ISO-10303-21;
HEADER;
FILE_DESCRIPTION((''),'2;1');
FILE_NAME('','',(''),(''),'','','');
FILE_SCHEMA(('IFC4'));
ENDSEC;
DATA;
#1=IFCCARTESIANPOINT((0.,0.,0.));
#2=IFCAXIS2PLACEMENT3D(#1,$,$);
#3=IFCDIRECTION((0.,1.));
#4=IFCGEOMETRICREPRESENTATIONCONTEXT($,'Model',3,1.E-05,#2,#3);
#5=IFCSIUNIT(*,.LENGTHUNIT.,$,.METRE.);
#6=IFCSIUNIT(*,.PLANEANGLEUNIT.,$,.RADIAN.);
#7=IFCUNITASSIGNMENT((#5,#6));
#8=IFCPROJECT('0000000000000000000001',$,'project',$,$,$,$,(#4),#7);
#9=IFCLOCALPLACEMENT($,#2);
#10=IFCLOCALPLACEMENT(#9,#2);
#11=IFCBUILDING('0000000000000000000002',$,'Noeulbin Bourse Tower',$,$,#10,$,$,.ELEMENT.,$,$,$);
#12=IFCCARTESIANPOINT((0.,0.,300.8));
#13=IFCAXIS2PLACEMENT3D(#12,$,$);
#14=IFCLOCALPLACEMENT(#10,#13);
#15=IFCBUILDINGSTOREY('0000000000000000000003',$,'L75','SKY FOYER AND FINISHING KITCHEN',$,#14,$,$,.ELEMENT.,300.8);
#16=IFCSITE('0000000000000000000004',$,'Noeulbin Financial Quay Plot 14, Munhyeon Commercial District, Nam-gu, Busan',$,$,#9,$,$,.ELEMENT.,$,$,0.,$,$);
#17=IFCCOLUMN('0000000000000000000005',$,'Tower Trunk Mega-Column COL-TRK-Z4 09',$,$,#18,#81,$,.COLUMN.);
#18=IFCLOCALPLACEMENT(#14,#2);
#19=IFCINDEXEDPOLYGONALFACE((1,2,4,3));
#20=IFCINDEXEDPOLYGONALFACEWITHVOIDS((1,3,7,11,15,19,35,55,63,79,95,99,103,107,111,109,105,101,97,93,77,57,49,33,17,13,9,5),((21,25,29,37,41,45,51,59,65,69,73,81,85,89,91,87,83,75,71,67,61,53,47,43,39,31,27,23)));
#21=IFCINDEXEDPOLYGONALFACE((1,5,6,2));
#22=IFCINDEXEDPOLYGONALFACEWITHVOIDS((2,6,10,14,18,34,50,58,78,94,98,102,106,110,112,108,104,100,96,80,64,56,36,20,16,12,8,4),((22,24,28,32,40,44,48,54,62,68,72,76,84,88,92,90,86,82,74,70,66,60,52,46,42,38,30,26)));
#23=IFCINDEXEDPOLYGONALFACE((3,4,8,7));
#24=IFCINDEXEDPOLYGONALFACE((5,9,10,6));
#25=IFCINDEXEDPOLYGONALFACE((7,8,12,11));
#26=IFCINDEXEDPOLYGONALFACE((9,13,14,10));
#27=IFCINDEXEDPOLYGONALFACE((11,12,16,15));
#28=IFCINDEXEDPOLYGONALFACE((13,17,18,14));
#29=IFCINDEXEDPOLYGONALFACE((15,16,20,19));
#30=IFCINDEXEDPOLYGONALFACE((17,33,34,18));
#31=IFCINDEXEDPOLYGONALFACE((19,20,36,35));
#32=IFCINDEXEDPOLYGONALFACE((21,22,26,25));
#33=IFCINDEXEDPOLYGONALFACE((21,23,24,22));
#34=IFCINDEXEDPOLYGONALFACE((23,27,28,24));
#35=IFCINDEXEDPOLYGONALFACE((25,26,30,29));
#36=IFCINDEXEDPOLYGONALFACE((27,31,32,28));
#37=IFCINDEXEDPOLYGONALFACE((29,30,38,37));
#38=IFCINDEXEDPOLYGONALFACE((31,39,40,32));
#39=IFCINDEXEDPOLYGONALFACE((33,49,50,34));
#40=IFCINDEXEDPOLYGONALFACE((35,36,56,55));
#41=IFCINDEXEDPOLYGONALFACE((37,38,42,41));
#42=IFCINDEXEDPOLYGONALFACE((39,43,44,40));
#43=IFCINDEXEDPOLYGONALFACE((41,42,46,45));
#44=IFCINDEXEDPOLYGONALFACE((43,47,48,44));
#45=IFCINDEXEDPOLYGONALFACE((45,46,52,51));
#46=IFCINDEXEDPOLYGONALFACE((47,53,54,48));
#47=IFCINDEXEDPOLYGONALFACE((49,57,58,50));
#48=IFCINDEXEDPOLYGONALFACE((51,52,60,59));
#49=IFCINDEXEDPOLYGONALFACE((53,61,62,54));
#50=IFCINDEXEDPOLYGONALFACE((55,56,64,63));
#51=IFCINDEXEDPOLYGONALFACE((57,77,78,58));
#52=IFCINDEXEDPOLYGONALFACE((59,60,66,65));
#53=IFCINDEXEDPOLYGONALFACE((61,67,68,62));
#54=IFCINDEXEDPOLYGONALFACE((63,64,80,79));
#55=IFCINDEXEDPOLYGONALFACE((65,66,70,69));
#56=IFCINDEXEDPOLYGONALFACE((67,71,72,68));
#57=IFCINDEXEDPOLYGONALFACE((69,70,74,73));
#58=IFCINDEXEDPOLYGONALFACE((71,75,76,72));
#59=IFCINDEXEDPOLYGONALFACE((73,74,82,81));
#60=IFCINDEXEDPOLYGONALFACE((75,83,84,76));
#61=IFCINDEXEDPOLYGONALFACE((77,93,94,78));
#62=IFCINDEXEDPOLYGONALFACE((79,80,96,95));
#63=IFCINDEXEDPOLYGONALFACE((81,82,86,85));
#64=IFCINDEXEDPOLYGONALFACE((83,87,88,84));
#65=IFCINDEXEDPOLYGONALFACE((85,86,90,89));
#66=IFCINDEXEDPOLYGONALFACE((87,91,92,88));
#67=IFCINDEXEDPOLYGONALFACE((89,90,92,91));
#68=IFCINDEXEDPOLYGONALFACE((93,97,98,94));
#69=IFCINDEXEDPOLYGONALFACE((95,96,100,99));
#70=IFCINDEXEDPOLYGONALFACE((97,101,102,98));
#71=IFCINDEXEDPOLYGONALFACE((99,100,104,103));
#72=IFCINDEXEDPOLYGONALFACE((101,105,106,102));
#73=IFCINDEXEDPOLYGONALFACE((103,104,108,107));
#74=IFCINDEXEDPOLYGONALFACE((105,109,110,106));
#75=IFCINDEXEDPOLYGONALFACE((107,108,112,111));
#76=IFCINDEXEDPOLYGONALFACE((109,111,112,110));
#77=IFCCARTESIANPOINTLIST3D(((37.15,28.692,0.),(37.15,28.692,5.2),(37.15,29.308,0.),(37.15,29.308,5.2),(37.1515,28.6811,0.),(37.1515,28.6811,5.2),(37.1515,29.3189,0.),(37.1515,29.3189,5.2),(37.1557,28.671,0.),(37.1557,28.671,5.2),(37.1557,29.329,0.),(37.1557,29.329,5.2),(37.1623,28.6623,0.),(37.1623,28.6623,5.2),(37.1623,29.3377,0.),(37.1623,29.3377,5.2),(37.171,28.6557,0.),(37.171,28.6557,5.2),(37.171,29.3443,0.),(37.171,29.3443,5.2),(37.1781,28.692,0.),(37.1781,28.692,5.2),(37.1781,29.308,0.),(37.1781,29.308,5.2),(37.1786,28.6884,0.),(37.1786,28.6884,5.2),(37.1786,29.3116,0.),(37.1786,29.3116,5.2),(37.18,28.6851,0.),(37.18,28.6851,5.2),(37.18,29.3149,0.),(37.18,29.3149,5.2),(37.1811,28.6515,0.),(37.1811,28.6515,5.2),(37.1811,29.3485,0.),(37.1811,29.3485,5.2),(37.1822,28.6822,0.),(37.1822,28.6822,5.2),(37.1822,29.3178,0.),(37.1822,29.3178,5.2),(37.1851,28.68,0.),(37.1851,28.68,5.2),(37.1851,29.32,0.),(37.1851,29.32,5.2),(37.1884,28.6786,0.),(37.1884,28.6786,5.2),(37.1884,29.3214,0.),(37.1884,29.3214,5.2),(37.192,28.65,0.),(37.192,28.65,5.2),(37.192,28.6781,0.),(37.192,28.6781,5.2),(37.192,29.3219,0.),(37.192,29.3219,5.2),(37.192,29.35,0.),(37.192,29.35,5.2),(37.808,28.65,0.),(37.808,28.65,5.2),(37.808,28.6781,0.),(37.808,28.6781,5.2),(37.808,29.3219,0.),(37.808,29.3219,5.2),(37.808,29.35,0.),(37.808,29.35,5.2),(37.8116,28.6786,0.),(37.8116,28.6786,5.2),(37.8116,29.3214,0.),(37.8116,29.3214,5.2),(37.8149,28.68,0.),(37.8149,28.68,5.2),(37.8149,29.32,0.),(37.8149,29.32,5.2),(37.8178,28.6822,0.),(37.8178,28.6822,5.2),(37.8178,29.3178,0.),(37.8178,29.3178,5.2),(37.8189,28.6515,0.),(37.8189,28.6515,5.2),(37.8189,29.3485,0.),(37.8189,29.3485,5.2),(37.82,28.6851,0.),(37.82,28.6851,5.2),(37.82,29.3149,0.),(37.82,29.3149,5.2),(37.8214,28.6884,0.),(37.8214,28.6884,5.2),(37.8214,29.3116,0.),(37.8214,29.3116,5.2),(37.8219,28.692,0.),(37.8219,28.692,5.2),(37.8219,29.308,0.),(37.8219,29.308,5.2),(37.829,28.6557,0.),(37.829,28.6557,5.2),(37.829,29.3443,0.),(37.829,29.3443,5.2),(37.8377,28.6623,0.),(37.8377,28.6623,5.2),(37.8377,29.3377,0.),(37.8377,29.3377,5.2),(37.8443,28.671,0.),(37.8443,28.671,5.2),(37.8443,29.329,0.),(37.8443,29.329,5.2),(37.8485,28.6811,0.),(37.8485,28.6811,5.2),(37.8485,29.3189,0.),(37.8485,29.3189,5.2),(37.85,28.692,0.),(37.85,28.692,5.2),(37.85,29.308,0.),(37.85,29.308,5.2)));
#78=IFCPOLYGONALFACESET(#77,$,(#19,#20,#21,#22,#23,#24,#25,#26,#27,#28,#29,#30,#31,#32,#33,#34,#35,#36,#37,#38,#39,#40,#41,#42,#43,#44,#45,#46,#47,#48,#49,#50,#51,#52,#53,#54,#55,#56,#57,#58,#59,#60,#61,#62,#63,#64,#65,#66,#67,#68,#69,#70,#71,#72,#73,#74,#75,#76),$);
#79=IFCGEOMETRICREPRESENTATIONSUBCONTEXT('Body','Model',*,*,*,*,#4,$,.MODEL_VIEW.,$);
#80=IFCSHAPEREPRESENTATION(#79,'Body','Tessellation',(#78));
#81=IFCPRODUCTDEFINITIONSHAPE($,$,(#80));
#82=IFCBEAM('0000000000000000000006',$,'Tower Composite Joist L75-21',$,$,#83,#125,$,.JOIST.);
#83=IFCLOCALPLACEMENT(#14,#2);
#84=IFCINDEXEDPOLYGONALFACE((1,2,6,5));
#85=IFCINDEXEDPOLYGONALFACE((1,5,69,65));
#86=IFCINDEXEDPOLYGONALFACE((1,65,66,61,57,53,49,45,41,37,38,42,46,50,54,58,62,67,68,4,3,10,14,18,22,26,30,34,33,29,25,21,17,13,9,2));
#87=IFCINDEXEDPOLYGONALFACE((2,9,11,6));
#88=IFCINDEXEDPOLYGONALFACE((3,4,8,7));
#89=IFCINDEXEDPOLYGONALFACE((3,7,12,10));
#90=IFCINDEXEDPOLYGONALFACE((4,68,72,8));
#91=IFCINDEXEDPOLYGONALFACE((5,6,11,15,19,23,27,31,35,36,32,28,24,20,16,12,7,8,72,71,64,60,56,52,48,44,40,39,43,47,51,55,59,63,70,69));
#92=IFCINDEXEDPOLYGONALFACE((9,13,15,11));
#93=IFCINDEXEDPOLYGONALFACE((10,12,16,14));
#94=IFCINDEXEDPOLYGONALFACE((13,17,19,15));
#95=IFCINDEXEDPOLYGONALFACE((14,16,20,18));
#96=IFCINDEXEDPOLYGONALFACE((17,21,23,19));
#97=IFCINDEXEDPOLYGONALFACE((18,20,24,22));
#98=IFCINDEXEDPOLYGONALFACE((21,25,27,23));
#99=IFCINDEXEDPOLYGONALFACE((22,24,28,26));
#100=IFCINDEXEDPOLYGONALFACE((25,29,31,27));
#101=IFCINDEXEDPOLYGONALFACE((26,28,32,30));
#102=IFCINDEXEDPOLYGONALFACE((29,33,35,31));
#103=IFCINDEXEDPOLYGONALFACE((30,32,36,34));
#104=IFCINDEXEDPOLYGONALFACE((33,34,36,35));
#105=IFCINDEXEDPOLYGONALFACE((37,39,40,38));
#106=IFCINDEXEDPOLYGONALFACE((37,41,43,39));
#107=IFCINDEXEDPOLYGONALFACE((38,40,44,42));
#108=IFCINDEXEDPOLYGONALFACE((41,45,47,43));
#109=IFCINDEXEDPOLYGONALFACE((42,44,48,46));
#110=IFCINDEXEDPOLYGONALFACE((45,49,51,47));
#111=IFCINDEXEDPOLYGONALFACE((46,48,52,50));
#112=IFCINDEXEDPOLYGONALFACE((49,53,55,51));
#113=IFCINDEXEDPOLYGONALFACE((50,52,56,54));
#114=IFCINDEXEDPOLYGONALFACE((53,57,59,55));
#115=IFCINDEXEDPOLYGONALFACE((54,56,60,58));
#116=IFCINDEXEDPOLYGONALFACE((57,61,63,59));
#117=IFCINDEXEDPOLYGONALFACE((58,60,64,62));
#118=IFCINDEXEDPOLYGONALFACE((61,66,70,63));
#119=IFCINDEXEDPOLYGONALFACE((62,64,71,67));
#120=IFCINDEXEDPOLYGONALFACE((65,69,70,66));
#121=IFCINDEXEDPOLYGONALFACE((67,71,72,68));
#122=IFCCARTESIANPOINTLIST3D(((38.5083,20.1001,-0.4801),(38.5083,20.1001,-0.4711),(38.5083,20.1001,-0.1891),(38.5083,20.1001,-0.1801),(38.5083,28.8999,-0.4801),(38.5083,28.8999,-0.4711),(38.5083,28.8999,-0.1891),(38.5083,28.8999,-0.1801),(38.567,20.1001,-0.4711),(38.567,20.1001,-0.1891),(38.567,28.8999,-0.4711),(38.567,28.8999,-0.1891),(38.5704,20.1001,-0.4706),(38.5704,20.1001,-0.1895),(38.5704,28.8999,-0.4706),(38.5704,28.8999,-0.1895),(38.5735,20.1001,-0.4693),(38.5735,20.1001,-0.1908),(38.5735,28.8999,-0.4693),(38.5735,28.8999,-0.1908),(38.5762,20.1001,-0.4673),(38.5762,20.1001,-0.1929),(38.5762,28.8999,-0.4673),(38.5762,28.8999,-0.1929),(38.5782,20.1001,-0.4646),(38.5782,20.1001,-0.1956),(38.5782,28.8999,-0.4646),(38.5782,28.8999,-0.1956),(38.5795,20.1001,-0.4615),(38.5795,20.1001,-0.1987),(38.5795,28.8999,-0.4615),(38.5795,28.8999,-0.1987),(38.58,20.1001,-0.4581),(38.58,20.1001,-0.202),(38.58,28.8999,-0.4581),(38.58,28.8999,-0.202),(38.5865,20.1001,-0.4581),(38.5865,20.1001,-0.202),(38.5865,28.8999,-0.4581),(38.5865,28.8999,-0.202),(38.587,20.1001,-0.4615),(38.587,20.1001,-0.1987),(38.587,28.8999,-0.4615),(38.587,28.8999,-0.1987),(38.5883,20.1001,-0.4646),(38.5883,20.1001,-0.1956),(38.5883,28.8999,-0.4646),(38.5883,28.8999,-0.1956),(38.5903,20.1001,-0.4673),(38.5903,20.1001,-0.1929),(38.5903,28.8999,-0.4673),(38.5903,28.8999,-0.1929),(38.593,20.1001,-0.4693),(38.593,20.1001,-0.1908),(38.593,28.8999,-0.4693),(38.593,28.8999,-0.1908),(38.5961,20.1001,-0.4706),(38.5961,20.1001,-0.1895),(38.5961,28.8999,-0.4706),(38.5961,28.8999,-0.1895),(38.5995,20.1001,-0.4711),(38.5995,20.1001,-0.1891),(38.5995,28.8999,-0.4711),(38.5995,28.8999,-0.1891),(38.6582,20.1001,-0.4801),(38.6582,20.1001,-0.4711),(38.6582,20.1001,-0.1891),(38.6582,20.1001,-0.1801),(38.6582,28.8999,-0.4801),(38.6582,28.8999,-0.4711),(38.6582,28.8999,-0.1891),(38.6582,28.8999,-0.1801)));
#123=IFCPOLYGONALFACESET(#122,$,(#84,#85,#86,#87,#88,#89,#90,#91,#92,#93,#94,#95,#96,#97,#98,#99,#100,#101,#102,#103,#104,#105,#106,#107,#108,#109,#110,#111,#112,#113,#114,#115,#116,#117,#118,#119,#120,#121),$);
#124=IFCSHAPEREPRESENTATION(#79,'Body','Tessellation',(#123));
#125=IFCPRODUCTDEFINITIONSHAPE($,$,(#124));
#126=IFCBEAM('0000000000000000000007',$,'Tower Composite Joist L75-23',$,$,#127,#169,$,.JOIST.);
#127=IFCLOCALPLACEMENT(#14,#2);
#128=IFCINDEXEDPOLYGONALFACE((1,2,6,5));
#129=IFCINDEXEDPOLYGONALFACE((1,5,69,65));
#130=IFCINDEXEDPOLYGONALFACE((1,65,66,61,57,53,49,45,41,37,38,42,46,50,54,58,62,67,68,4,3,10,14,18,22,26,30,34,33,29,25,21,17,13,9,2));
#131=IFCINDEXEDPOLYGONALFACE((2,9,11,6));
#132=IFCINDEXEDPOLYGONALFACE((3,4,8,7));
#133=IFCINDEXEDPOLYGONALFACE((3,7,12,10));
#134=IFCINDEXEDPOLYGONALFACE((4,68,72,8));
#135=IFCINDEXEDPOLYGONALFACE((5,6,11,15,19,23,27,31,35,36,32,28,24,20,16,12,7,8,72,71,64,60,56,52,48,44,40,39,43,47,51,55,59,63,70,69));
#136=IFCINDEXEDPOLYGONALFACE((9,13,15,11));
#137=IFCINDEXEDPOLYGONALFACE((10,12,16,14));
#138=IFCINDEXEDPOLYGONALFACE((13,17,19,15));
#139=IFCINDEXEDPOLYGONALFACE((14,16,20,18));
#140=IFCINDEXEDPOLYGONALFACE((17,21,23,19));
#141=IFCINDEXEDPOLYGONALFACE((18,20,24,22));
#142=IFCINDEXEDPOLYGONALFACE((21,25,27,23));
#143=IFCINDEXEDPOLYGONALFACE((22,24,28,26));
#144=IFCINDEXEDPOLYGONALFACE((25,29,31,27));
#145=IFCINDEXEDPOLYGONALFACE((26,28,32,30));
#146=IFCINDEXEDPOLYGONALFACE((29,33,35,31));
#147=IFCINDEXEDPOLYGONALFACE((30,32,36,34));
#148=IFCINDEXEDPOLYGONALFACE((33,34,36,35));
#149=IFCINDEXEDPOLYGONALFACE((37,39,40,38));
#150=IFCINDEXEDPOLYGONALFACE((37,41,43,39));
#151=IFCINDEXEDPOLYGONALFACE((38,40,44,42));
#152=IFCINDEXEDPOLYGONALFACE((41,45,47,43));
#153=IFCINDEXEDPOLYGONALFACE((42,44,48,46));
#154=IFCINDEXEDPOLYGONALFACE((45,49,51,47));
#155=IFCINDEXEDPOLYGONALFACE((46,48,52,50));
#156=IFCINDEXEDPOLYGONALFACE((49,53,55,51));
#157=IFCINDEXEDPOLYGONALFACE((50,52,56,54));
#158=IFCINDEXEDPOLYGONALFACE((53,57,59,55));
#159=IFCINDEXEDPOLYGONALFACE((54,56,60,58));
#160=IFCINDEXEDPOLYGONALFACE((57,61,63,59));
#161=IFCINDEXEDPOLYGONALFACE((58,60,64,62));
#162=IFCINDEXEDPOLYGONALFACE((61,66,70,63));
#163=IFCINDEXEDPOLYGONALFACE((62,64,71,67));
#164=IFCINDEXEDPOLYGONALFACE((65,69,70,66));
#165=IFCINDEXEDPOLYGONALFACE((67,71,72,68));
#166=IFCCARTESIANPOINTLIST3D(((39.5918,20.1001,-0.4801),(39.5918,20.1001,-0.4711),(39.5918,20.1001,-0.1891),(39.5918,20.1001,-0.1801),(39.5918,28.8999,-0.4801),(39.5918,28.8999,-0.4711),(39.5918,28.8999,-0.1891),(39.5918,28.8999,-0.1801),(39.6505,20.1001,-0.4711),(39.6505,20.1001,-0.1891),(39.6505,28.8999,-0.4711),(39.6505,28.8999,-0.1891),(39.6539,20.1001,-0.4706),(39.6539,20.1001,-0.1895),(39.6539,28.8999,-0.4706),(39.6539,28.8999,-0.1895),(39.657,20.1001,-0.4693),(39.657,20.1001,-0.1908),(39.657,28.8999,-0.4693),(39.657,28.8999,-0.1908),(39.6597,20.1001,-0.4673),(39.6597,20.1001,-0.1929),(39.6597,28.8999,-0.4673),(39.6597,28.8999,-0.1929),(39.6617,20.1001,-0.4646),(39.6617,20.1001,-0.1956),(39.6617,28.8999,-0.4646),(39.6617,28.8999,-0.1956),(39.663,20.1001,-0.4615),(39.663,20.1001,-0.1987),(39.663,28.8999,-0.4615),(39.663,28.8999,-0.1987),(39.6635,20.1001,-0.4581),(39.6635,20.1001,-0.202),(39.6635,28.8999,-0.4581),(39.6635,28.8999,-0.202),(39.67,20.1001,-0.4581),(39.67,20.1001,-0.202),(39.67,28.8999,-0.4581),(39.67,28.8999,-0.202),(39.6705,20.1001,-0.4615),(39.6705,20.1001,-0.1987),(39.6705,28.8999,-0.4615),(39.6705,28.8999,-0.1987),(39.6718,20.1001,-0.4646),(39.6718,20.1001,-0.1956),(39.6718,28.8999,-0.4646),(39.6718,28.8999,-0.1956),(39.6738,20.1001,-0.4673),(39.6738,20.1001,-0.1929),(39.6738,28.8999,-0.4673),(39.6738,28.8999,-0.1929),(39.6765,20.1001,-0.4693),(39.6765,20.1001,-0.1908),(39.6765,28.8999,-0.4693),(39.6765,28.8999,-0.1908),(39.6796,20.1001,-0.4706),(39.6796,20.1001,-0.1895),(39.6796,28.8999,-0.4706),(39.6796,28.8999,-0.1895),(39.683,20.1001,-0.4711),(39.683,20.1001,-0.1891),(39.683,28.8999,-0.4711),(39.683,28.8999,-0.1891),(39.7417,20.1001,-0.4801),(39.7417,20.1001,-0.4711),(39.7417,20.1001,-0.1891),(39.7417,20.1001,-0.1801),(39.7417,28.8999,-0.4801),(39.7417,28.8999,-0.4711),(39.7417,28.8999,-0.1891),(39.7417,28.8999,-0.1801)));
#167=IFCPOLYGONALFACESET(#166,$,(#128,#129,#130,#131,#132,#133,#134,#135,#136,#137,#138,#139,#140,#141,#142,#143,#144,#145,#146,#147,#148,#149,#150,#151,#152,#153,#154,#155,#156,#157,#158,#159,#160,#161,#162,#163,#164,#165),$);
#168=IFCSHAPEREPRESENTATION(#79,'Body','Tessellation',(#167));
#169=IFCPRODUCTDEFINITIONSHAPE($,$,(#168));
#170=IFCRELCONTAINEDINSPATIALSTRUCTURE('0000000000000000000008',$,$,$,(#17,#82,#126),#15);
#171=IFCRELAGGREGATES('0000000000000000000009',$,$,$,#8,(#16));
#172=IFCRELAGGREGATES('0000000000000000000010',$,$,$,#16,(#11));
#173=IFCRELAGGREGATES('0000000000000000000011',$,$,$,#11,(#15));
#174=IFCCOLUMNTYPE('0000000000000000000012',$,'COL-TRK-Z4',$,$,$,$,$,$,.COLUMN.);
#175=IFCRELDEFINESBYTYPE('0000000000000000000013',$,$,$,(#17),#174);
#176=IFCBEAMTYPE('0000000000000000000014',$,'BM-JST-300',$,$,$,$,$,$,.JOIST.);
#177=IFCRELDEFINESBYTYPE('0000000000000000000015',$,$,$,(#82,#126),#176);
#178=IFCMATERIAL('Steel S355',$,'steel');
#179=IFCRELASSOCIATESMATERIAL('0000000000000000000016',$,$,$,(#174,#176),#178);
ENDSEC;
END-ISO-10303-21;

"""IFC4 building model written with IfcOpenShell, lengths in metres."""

from ifc_helpers import new_model, si_unit, direction, frame, origin, origin_2d, place, context, subcontext, project, spatial, hollow_rectangle, i_section, extrude, material, material_profile, profile_set, type_object, element, save


model = new_model("IFC4")

# Units and contexts
model_context = context("Model", 3, precision=1e-05, world=origin(), true_north=direction((0.0, 1.0)))
body_context = subcontext(model_context, "Body", "Model", "MODEL_VIEW")
ifc_project = project(units=[si_unit("LENGTHUNIT", "METRE"), si_unit("PLANEANGLEUNIT", "RADIAN")], contexts=[model_context])

# Site, building, storey
site_placement = place(None, origin())
site = spatial("IfcSite", under=ifc_project, at=site_placement, Name="Noeulbin Financial Quay Plot 14, Munhyeon Commercial District, Nam-gu, Busan", CompositionType="ELEMENT", RefElevation=0.0)
building_placement = place(site_placement, origin())
building = spatial("IfcBuilding", under=site, at=building_placement, Name="Noeulbin Bourse Tower", CompositionType="ELEMENT")
storey_placement = place(building_placement, frame((0.0, 0.0, 300.8)))
storey = spatial("IfcBuildingStorey", under=building, at=storey_placement, Name="L75", Description="SKY FOYER AND FINISHING KITCHEN", CompositionType="ELEMENT", Elevation=300.8)

# Column
ifc_material_1 = material(Name="Steel S355", Category="steel")
ifc_material_profile_1 = material_profile(ifc_material_1, hollow_rectangle(XDim=0.7, YDim=0.7, WallThickness=0.0281, InnerFilletRadius=0.0139, OuterFilletRadius=0.042, at=origin_2d()), Name="BOX-700x700x28", Category="LoadBearing")
ifc_profile_set_1 = profile_set([ifc_material_profile_1], Name="Steel S355")
column_type = type_object("IfcColumnType", Name="COL-TRK-Z4", PredefinedType="COLUMN", material=ifc_profile_set_1)
column_placement = place(storey_placement, frame((37.5, 29.0, 0.0), z_axis=(0.0, 0.0, 1.0), x_axis=(1.0, 0.0, 0.0)))
element("IfcColumn", 1, at=column_placement, inside=storey, type_object=column_type, Name="Tower Trunk Mega-Column COL-TRK-Z4 09", PredefinedType="COLUMN", context=body_context, shape_type="SweptSolid", body=[
    extrude(hollow_rectangle(XDim=0.7, YDim=0.7, WallThickness=0.0281, InnerFilletRadius=0.0139, OuterFilletRadius=0.042, at=origin_2d()), origin(), (0.0, 0.0, 1.0), 5.2),
])

# Beams
ifc_material_profile_2 = material_profile(ifc_material_1, i_section(OverallWidth=0.1499, OverallDepth=0.3, WebThickness=0.0066, FlangeThickness=0.009, FilletRadius=0.0129, at=origin_2d()), Name="H-300x150x6.5x9", Category="LoadBearing")
ifc_profile_set_2 = profile_set([ifc_material_profile_2], Name="Steel S355")
beam_type = type_object("IfcBeamType", Name="BM-JST-300", PredefinedType="JOIST", material=ifc_profile_set_2)
for number, where, z_axis, x_axis, name in (
    (2, (38.5833, 20.1001, -0.3301), (0.0, 1.0, 0.0), (-1.0, 0.0, 0.0), "Tower Composite Joist L75-21"),
    (3, (39.6667, 20.1001, -0.3301), (0.0, 1.0, 0.0), (-1.0, 0.0, 0.0), "Tower Composite Joist L75-23"),
):
    element("IfcBeam", number, at=place(storey_placement, frame(where, z_axis=z_axis, x_axis=x_axis)), inside=storey, type_object=beam_type, Name=name, PredefinedType="JOIST", context=body_context, shape_type="SweptSolid", body=[
        extrude(i_section(OverallWidth=0.1499, OverallDepth=0.3, WebThickness=0.0066, FlangeThickness=0.009, FilletRadius=0.0129, at=origin_2d()), origin(), (0.0, 0.0, 1.0), 8.7998),
    ])

save(model, "model.ifc")
